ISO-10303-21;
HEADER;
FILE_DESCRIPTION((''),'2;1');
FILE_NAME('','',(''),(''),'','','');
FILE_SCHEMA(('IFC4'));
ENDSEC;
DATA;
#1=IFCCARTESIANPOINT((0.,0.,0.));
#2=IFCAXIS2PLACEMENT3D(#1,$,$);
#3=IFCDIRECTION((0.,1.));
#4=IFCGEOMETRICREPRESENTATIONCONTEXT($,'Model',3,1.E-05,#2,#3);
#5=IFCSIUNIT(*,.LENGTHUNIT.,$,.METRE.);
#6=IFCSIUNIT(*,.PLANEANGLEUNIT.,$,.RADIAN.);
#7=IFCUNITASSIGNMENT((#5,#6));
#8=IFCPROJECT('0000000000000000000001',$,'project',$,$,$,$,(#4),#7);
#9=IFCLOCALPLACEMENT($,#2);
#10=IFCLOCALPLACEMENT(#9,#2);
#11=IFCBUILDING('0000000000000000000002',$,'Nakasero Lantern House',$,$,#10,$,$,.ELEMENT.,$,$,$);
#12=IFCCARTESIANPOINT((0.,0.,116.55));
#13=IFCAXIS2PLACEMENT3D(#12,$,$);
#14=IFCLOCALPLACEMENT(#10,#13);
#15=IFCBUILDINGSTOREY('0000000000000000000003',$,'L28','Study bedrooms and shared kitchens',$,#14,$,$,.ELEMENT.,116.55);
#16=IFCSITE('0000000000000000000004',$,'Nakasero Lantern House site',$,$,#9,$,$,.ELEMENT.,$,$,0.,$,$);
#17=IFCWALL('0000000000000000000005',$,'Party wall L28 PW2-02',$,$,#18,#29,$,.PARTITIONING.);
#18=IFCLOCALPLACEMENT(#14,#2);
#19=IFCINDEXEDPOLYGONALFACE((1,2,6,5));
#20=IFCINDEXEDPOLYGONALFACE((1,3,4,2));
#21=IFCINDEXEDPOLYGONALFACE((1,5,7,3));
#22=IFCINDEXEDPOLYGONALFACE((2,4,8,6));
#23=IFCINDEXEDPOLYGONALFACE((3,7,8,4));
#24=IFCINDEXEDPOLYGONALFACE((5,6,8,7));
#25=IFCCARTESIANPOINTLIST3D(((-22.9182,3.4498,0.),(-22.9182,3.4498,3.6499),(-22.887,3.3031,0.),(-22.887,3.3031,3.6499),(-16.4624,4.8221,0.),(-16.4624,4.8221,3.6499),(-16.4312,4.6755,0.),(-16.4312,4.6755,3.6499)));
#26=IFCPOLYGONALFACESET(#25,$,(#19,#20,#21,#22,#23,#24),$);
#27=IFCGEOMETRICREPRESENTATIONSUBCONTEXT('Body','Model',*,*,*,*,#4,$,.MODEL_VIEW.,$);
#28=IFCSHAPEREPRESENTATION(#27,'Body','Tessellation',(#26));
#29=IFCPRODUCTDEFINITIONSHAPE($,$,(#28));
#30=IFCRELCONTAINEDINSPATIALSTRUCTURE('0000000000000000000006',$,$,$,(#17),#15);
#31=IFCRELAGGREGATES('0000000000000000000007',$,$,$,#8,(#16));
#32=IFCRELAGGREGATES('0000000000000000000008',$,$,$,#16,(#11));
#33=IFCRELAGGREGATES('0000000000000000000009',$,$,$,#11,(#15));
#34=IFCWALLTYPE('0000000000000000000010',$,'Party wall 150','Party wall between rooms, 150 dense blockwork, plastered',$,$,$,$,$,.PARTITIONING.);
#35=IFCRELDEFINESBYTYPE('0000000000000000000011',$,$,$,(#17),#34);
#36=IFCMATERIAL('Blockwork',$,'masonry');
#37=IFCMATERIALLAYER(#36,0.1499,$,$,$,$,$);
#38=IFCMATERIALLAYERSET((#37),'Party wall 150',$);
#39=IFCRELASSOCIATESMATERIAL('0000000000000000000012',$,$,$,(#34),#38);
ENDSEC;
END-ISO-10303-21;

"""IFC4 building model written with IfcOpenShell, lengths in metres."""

from ifc_helpers import new_model, si_unit, direction, frame, frame_2d, origin, place, context, subcontext, project, spatial, rectangle, extrude, material, layer, layer_set, type_object, element, save


model = new_model("IFC4")

# Units and contexts
model_context = context("Model", 3, precision=1e-05, world=origin(), true_north=direction((0.0, 1.0)))
body_context = subcontext(model_context, "Body", "Model", "MODEL_VIEW")
ifc_project = project(units=[si_unit("LENGTHUNIT", "METRE"), si_unit("PLANEANGLEUNIT", "RADIAN")], contexts=[model_context])

# Site, building, storey
site_placement = place(None, origin())
site = spatial("IfcSite", under=ifc_project, at=site_placement, Name="Nakasero Lantern House site", CompositionType="ELEMENT", RefElevation=0.0)
building_placement = place(site_placement, origin())
building = spatial("IfcBuilding", under=site, at=building_placement, Name="Nakasero Lantern House", CompositionType="ELEMENT")
storey_placement = place(building_placement, frame((0.0, 0.0, 116.55)))
storey = spatial("IfcBuildingStorey", under=building, at=storey_placement, Name="L28", Description="Study bedrooms and shared kitchens", CompositionType="ELEMENT", Elevation=116.55)

# Wall
ifc_material_1 = material(Name="Blockwork", Category="masonry")
ifc_layer_1 = layer(ifc_material_1, 0.1499)
ifc_layer_set_1 = layer_set([ifc_layer_1], Name="Party wall 150")
wall_type_1 = type_object("IfcWallType", Name="Party wall 150", Description="Party wall between rooms, 150 dense blockwork, plastered", PredefinedType="PARTITIONING", material=ifc_layer_set_1)
wall_1_placement = place(storey_placement, frame((-16.4468, 4.7488, 0.0), z_axis=(0.0, 0.0, 1.0), x_axis=(-0.978145, -0.207925, 0.0)))
element("IfcWall", 1, at=wall_1_placement, inside=storey, type_object=wall_type_1, Name="Party wall L28 PW2-02", PredefinedType="PARTITIONING", context=body_context, shape_type="SweptSolid", body=[
    extrude(rectangle(XDim=6.6001, YDim=0.1499, at=frame_2d((3.3, 0.0))), origin(), (0.0, 0.0, 1.0), 3.6499),
])

save(model, "model.ifc")
